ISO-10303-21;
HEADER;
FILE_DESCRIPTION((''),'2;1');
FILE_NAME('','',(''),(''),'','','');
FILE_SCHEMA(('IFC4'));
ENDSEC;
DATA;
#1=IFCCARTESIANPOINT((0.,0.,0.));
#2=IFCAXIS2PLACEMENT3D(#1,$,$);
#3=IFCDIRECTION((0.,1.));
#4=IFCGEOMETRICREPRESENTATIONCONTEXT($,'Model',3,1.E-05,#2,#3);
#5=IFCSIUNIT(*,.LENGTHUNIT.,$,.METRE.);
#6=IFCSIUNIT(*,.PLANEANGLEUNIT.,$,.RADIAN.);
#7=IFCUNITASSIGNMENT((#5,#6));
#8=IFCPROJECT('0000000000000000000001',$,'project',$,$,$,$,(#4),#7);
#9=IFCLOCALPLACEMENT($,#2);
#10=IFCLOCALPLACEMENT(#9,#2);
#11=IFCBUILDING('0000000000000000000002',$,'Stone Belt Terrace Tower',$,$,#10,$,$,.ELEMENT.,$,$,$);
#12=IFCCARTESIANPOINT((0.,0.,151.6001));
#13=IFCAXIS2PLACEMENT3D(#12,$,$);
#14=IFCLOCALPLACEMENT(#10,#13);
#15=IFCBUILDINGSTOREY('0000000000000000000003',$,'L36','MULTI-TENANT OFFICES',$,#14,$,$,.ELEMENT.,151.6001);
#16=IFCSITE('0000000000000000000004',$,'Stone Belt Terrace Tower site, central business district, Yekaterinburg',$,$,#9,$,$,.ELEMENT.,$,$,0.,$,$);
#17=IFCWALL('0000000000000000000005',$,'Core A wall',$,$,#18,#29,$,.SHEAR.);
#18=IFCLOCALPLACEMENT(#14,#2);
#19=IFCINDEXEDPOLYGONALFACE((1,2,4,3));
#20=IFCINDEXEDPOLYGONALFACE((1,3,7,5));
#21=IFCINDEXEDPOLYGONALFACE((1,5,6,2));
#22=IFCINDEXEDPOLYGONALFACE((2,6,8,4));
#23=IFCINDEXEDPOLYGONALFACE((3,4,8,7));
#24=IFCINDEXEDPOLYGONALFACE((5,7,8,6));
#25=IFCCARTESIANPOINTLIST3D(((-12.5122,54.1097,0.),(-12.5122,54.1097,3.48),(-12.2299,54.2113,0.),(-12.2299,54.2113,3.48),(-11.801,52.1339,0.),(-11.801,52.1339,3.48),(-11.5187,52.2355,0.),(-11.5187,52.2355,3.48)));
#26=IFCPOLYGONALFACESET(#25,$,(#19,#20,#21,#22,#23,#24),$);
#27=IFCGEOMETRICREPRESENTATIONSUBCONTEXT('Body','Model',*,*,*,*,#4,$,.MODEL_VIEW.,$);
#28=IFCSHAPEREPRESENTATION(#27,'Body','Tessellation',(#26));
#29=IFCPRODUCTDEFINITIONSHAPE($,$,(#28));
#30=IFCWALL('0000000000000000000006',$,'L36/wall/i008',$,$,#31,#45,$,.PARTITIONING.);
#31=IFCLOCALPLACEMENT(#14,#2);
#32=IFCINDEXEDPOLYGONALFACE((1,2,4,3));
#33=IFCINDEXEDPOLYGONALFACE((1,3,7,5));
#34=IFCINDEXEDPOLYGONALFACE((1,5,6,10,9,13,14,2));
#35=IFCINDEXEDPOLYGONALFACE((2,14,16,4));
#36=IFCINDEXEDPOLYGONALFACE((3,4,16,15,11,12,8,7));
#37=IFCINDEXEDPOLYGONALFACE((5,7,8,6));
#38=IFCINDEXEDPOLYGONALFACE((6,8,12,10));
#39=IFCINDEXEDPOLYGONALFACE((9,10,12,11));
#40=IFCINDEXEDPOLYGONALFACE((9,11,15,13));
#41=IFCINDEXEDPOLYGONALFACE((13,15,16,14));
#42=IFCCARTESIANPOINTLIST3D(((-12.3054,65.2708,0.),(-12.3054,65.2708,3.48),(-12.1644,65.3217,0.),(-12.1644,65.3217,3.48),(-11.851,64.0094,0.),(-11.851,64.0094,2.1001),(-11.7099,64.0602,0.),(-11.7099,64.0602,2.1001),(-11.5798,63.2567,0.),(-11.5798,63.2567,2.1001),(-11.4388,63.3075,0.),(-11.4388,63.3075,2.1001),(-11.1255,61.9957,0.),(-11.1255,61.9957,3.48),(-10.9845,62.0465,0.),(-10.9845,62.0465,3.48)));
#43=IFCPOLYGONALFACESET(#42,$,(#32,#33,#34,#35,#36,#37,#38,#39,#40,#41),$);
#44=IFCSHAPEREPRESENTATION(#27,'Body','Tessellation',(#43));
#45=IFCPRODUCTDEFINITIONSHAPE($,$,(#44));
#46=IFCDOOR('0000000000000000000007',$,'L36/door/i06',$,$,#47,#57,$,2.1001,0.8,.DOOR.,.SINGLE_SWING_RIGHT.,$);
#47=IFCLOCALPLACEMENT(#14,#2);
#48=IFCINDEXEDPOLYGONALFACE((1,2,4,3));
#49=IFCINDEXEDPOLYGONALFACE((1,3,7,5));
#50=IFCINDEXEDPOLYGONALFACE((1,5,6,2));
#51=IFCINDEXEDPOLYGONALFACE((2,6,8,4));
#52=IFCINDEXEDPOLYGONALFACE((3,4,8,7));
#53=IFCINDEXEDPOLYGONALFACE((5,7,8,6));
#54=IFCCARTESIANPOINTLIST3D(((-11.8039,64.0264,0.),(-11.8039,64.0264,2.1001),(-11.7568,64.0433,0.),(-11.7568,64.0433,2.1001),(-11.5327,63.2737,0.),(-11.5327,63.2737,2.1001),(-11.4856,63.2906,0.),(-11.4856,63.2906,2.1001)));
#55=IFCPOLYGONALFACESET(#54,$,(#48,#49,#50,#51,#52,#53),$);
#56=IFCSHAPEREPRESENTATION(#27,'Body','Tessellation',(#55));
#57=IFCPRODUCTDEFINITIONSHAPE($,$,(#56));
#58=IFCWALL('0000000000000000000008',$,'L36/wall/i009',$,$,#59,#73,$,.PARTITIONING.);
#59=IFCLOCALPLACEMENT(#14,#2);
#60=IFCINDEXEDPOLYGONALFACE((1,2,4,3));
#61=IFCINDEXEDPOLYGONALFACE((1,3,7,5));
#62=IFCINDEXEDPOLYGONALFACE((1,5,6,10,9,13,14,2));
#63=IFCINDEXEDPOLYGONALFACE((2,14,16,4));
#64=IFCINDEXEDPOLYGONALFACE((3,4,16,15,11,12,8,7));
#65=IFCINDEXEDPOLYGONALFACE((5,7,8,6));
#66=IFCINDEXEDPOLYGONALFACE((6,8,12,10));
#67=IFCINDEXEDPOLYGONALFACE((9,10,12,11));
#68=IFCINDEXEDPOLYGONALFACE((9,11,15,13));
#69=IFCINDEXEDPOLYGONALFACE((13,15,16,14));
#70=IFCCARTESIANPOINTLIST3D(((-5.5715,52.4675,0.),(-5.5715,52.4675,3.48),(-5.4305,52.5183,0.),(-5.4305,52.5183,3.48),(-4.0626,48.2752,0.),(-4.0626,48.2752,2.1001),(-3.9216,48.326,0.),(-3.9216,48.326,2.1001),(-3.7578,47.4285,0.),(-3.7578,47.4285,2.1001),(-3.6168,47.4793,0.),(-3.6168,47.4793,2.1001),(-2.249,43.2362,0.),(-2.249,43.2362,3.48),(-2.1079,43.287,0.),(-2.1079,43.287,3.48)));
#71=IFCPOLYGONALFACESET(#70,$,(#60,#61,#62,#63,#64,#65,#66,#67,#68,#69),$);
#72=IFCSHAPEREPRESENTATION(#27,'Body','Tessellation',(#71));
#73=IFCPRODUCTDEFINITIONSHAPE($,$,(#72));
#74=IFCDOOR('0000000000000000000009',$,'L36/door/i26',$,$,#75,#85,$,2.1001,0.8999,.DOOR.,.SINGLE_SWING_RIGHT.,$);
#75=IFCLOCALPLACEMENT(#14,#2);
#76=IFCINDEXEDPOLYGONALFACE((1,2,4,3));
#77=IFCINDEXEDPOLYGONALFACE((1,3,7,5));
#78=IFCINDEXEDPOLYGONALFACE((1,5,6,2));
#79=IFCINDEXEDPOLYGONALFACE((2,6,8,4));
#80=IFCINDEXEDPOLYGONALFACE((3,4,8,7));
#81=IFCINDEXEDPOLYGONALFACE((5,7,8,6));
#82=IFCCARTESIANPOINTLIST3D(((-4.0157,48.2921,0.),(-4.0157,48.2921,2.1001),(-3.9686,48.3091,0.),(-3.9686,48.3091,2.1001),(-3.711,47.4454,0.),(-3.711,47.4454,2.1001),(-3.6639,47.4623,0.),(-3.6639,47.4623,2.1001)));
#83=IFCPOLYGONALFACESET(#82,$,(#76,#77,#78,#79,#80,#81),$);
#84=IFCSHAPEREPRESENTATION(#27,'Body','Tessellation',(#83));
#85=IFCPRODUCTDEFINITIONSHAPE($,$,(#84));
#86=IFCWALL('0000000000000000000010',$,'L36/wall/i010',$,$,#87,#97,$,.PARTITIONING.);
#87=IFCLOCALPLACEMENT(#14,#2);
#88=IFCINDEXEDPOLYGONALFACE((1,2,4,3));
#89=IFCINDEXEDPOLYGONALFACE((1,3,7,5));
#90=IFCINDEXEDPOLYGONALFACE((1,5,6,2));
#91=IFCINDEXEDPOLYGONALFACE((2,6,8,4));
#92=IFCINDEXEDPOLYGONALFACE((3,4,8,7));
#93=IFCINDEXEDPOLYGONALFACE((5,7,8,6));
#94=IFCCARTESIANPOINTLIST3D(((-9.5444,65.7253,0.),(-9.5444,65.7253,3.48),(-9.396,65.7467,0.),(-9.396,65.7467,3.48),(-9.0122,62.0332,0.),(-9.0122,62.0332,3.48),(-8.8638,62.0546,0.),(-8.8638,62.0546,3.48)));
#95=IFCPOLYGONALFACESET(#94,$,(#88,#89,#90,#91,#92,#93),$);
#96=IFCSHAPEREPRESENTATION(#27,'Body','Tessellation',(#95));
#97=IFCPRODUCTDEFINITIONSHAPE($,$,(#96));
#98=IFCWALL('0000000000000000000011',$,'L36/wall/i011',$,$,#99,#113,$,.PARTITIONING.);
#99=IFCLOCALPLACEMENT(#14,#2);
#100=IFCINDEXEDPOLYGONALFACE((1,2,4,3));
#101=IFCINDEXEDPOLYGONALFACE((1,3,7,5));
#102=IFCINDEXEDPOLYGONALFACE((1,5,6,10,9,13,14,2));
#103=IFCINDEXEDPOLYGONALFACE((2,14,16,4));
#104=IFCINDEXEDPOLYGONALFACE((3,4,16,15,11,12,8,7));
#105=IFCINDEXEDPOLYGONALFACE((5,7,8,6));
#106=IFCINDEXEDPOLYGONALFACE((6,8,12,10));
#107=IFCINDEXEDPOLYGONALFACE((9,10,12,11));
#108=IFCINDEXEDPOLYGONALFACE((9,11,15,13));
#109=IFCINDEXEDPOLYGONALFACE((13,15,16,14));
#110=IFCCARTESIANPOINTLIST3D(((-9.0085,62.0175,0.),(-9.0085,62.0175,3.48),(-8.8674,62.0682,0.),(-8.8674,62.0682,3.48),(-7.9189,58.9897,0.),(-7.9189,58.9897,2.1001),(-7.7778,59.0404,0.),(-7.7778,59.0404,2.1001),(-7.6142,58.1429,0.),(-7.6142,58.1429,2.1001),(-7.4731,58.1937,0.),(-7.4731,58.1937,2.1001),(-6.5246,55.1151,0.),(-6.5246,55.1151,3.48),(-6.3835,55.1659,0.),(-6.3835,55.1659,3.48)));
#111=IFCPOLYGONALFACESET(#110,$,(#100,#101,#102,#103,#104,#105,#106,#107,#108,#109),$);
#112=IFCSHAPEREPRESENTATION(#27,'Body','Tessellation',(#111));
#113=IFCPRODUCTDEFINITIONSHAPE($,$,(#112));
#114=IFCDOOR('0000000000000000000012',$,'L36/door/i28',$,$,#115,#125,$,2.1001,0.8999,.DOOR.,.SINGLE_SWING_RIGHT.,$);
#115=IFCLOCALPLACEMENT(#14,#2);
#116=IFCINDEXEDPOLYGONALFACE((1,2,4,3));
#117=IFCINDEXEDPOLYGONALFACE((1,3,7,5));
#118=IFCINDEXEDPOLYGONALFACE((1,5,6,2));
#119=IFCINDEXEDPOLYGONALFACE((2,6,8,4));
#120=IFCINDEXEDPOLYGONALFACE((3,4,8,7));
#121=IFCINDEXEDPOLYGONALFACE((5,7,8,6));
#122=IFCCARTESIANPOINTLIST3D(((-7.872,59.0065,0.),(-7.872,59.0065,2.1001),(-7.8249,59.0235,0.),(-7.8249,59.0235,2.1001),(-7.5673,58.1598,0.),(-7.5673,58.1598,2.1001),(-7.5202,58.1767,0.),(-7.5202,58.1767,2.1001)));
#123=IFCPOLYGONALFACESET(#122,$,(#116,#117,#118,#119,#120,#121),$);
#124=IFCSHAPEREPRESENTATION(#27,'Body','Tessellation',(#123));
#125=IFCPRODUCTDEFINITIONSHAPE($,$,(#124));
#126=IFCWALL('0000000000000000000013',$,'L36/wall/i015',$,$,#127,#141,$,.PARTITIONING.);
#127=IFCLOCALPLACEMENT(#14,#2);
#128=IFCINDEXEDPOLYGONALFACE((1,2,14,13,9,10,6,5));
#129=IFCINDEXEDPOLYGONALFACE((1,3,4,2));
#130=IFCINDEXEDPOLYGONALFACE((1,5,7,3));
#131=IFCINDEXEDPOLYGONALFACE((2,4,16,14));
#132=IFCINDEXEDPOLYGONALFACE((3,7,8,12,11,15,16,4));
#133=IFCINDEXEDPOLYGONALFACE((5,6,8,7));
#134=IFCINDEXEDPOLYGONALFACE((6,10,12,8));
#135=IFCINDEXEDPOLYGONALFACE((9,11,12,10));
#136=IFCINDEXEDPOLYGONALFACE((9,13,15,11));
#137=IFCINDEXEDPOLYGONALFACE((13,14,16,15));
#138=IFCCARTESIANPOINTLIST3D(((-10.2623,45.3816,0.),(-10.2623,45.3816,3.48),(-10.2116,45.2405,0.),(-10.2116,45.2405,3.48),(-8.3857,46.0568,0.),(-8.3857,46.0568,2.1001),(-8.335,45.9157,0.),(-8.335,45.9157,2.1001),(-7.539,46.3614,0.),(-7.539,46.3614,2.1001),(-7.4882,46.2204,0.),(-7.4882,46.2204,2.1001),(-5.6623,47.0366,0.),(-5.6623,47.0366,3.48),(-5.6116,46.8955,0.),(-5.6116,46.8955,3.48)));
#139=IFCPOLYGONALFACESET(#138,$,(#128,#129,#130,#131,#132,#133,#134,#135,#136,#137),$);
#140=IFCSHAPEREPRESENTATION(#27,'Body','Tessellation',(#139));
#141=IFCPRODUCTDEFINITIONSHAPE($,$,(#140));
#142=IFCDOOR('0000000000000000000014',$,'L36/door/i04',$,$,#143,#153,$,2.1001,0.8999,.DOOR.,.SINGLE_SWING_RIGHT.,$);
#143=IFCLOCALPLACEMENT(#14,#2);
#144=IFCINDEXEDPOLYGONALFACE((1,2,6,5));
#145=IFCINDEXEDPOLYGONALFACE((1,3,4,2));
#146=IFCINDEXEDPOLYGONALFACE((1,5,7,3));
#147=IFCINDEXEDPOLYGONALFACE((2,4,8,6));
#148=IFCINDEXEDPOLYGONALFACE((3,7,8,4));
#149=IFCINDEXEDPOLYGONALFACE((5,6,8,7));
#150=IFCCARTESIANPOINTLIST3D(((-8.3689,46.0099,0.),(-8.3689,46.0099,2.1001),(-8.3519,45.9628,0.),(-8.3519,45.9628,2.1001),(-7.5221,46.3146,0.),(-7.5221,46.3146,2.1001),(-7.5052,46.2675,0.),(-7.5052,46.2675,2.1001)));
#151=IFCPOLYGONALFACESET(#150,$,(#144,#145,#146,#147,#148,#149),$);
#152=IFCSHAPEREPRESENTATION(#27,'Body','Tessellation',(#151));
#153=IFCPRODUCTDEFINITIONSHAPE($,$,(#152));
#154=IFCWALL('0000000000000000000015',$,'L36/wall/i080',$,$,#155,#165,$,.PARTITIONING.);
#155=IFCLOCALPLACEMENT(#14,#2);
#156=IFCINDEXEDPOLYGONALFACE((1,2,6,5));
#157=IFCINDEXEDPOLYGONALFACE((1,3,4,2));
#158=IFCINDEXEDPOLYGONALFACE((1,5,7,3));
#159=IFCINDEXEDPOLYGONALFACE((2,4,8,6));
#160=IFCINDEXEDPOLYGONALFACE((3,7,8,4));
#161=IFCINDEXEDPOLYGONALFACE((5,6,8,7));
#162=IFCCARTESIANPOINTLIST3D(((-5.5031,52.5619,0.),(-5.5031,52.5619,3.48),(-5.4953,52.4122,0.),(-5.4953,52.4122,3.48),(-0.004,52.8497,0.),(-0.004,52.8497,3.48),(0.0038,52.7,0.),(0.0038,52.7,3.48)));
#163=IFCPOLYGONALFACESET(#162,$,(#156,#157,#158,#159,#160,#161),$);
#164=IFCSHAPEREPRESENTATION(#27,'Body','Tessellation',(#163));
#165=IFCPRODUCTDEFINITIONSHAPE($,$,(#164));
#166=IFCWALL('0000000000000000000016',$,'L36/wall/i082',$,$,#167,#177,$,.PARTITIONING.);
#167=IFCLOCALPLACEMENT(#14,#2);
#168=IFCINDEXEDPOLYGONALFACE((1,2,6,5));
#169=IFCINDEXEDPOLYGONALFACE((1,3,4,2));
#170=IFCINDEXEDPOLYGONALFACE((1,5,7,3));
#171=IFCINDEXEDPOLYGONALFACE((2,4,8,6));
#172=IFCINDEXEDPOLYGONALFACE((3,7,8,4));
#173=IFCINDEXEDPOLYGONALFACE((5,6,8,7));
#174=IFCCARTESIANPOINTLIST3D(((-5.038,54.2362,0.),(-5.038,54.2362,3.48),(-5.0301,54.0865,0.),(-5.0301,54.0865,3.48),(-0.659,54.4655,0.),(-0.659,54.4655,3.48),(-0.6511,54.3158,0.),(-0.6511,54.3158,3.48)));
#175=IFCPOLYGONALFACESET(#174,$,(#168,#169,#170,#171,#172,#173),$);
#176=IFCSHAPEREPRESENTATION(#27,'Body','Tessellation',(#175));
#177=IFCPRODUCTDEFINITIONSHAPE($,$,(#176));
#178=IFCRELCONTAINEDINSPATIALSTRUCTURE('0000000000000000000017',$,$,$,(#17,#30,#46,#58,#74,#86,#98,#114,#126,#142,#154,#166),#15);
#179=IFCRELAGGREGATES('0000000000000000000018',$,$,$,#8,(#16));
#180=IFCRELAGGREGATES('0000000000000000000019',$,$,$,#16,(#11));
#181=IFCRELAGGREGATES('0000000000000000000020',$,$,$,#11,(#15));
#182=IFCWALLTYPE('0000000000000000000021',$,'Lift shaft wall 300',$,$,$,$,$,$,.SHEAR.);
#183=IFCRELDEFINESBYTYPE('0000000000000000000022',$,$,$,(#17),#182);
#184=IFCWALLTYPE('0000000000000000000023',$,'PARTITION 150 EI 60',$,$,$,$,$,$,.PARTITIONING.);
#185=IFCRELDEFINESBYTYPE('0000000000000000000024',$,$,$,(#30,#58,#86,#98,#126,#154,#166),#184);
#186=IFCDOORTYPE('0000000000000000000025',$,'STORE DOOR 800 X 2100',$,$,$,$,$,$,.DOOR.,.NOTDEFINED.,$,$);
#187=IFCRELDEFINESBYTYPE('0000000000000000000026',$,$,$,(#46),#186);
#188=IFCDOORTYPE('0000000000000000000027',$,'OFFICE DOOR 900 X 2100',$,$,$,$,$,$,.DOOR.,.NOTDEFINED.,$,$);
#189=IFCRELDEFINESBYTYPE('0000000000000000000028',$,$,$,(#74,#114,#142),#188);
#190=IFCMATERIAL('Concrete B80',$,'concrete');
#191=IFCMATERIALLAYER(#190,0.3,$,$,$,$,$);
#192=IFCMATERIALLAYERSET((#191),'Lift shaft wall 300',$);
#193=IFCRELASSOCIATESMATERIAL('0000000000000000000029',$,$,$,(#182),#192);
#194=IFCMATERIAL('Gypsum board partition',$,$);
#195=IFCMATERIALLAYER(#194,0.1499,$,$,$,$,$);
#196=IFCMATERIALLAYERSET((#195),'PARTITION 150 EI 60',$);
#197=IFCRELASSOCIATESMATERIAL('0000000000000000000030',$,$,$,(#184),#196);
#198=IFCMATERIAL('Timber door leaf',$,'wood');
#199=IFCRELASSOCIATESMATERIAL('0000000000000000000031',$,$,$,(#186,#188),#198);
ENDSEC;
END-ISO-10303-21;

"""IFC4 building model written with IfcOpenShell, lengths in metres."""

from ifc_helpers import new_model, si_unit, direction, frame, frame_2d, origin, place, context, subcontext, project, spatial, rectangle, extrude, material, layer, layer_set, type_object, element, fill, save


model = new_model("IFC4")

# Units and contexts
model_context = context("Model", 3, precision=1e-05, world=origin(), true_north=direction((0.0, 1.0)))
body_context = subcontext(model_context, "Body", "Model", "MODEL_VIEW")
ifc_project = project(units=[si_unit("LENGTHUNIT", "METRE"), si_unit("PLANEANGLEUNIT", "RADIAN")], contexts=[model_context])

# Site, building, storey
site_placement = place(None, origin())
site = spatial("IfcSite", under=ifc_project, at=site_placement, Name="Stone Belt Terrace Tower site, central business district, Yekaterinburg", CompositionType="ELEMENT", RefElevation=0.0)
building_placement = place(site_placement, origin())
building = spatial("IfcBuilding", under=site, at=building_placement, Name="Stone Belt Terrace Tower", CompositionType="ELEMENT")
storey_placement = place(building_placement, frame((0.0, 0.0, 151.6001)))
storey = spatial("IfcBuildingStorey", under=building, at=storey_placement, Name="L36", Description="MULTI-TENANT OFFICES", CompositionType="ELEMENT", Elevation=151.6001)

# Shared definitions
ifc_material_1 = material(Name="Concrete B80", Category="concrete")

# Shared definitions
ifc_material_2 = material(Name="Timber door leaf", Category="wood")

# Wall
ifc_layer_1 = layer(ifc_material_1, 0.3)
ifc_layer_set_1 = layer_set([ifc_layer_1], Name="Lift shaft wall 300")
wall_type_1 = type_object("IfcWallType", Name="Lift shaft wall 300", PredefinedType="SHEAR", material=ifc_layer_set_1)
wall_1_placement = place(storey_placement, frame((-11.6599, 52.1848, 0.0), z_axis=(0.0, 0.0, 1.0), x_axis=(-0.33867, 0.940905, 0.0)))
element("IfcWall", 1, at=wall_1_placement, inside=storey, type_object=wall_type_1, Name="Core A wall", PredefinedType="SHEAR", context=body_context, shape_type="SweptSolid", body=[
    extrude(rectangle(XDim=2.0999, YDim=0.3, at=frame_2d((1.0498, 0.0))), origin(), (0.0, 0.0, 1.0), 3.48),
])

# Walls, openings, doors
ifc_material_3 = material(Name="Gypsum board partition")
ifc_layer_2 = layer(ifc_material_3, 0.1499)
ifc_layer_set_2 = layer_set([ifc_layer_2], Name="PARTITION 150 EI 60")
wall_type_2 = type_object("IfcWallType", Name="PARTITION 150 EI 60", PredefinedType="PARTITIONING", material=ifc_layer_set_2)
wall_2_placement = place(storey_placement, frame((-11.0549, 62.021, 0.0), z_axis=(0.0, 0.0, 1.0), x_axis=(-0.338943, 0.940807, 0.0)))
wall_2 = element("IfcWall", 2, at=wall_2_placement, inside=storey, type_object=wall_type_2, Name="L36/wall/i008", PredefinedType="PARTITIONING", context=body_context, shape_type="SweptSolid", body=[
    extrude(rectangle(XDim=3.4812, YDim=0.1499, at=frame_2d((1.7407, 0.0))), origin(), (0.0, 0.0, 1.0), 3.48),
])
opening_1_placement = place(wall_2_placement, frame((1.3406, 0.0, 0.0)))
opening_1 = element("IfcOpeningElement", 3, at=opening_1_placement, cuts=wall_2, PredefinedType="OPENING", context=body_context, shape_type="SweptSolid", body=[
    extrude(rectangle(XDim=0.8, YDim=2.1001, at=frame_2d((0.3999, 1.05))), frame((0.0, 0.085, 0.0), z_axis=(0.0, -1.0, 0.0), x_axis=(1.0, 0.0, 0.0)), (0.0, 0.0, 1.0), 0.1699),
])
door_type_1 = type_object("IfcDoorType", Name="STORE DOOR 800 X 2100", OperationType="NOTDEFINED", PredefinedType="DOOR", material=ifc_material_2)
door_1_placement = place(opening_1_placement, origin())
door_1 = element("IfcDoor", 4, at=door_1_placement, inside=storey, type_object=door_type_1, Name="L36/door/i06", OperationType="SINGLE_SWING_RIGHT", OverallHeight=2.1001, OverallWidth=0.8, PredefinedType="DOOR", context=body_context, shape_type="SweptSolid", body=[
    extrude(rectangle(XDim=0.8, YDim=2.1001, at=frame_2d((0.3999, 1.05))), frame((0.0, 0.0249, 0.0), z_axis=(0.0, -1.0, 0.0), x_axis=(1.0, 0.0, 0.0)), (0.0, 0.0, 1.0), 0.05),
])
fill(opening_1, door_1)
wall_3_placement = place(storey_placement, frame((-5.501, 52.4929, 0.0), z_axis=(0.0, 0.0, 1.0), x_axis=(0.338654, -0.940911, 0.0)))
wall_3 = element("IfcWall", 5, at=wall_3_placement, inside=storey, type_object=wall_type_2, Name="L36/wall/i009", PredefinedType="PARTITIONING", context=body_context, shape_type="SweptSolid", body=[
    extrude(rectangle(XDim=9.811, YDim=0.1499, at=frame_2d((4.9055, 0.0))), origin(), (0.0, 0.0, 1.0), 3.48),
])
opening_2_placement = place(wall_3_placement, frame((4.4556, 0.0, 0.0)))
opening_2 = element("IfcOpeningElement", 6, at=opening_2_placement, cuts=wall_3, PredefinedType="OPENING", context=body_context, shape_type="SweptSolid", body=[
    extrude(rectangle(XDim=0.8999, YDim=2.1001, at=frame_2d((0.45, 1.05))), frame((0.0, 0.085, 0.0), z_axis=(0.0, -1.0, 0.0), x_axis=(1.0, 0.0, 0.0)), (0.0, 0.0, 1.0), 0.1699),
])
door_type_2 = type_object("IfcDoorType", Name="OFFICE DOOR 900 X 2100", OperationType="NOTDEFINED", PredefinedType="DOOR", material=ifc_material_2)
door_2_placement = place(opening_2_placement, origin())
door_2 = element("IfcDoor", 7, at=door_2_placement, inside=storey, type_object=door_type_2, Name="L36/door/i26", OperationType="SINGLE_SWING_RIGHT", OverallHeight=2.1001, OverallWidth=0.8999, PredefinedType="DOOR", context=body_context, shape_type="SweptSolid", body=[
    extrude(rectangle(XDim=0.8999, YDim=2.1001, at=frame_2d((0.45, 1.05))), frame((0.0, 0.0249, 0.0), z_axis=(0.0, -1.0, 0.0), x_axis=(1.0, 0.0, 0.0)), (0.0, 0.0, 1.0), 0.05),
])
fill(opening_2, door_2)

# Wall
wall_4_placement = place(storey_placement, frame((-9.4702, 65.7361, 0.0), z_axis=(0.0, 0.0, 1.0), x_axis=(0.142677, -0.989769, 0.0)))
element("IfcWall", 8, at=wall_4_placement, inside=storey, type_object=wall_type_2, Name="L36/wall/i010", PredefinedType="PARTITIONING", context=body_context, shape_type="SweptSolid", body=[
    extrude(rectangle(XDim=3.7302, YDim=0.1499, at=frame_2d((1.8652, 0.0))), origin(), (0.0, 0.0, 1.0), 3.48),
])

# Walls, openings, doors
wall_5_placement = place(storey_placement, frame((-8.938, 62.043, 0.0), z_axis=(0.0, 0.0, 1.0), x_axis=(0.338604, -0.940929, 0.0)))
wall_5 = element("IfcWall", 9, at=wall_5_placement, inside=storey, type_object=wall_type_2, Name="L36/wall/i011", PredefinedType="PARTITIONING", context=body_context, shape_type="SweptSolid", body=[
    extrude(rectangle(XDim=7.3357, YDim=0.1499, at=frame_2d((3.668, 0.0))), origin(), (0.0, 0.0, 1.0), 3.48),
])
opening_3_placement = place(wall_5_placement, frame((3.218, 0.0, 0.0)))
opening_3 = element("IfcOpeningElement", 10, at=opening_3_placement, cuts=wall_5, PredefinedType="OPENING", context=body_context, shape_type="SweptSolid", body=[
    extrude(rectangle(XDim=0.8999, YDim=2.1001, at=frame_2d((0.45, 1.05))), frame((0.0, 0.085, 0.0), z_axis=(0.0, -1.0, 0.0), x_axis=(1.0, 0.0, 0.0)), (0.0, 0.0, 1.0), 0.1699),
])
door_3_placement = place(opening_3_placement, origin())
door_3 = element("IfcDoor", 11, at=door_3_placement, inside=storey, type_object=door_type_2, Name="L36/door/i28", OperationType="SINGLE_SWING_RIGHT", OverallHeight=2.1001, OverallWidth=0.8999, PredefinedType="DOOR", context=body_context, shape_type="SweptSolid", body=[
    extrude(rectangle(XDim=0.8999, YDim=2.1001, at=frame_2d((0.45, 1.05))), frame((0.0, 0.0249, 0.0), z_axis=(0.0, -1.0, 0.0), x_axis=(1.0, 0.0, 0.0)), (0.0, 0.0, 1.0), 0.05),
])
fill(opening_3, door_3)
wall_6_placement = place(storey_placement, frame((-5.637, 46.9661, 0.0), z_axis=(0.0, 0.0, 1.0), x_axis=(-0.940953, -0.338537, 0.0)))
wall_6 = element("IfcWall", 12, at=wall_6_placement, inside=storey, type_object=wall_type_2, Name="L36/wall/i015", PredefinedType="PARTITIONING", context=body_context, shape_type="SweptSolid", body=[
    extrude(rectangle(XDim=4.8887, YDim=0.1499, at=frame_2d((2.4443, 0.0))), origin(), (0.0, 0.0, 1.0), 3.48),
])
opening_4_placement = place(wall_6_placement, frame((1.9944, 0.0, 0.0)))
opening_4 = element("IfcOpeningElement", 13, at=opening_4_placement, cuts=wall_6, PredefinedType="OPENING", context=body_context, shape_type="SweptSolid", body=[
    extrude(rectangle(XDim=0.8999, YDim=2.1001, at=frame_2d((0.45, 1.05))), frame((0.0, 0.085, 0.0), z_axis=(0.0, -1.0, 0.0), x_axis=(1.0, 0.0, 0.0)), (0.0, 0.0, 1.0), 0.1699),
])
door_4_placement = place(opening_4_placement, origin())
door_4 = element("IfcDoor", 14, at=door_4_placement, inside=storey, type_object=door_type_2, Name="L36/door/i04", OperationType="SINGLE_SWING_RIGHT", OverallHeight=2.1001, OverallWidth=0.8999, PredefinedType="DOOR", context=body_context, shape_type="SweptSolid", body=[
    extrude(rectangle(XDim=0.8999, YDim=2.1001, at=frame_2d((0.45, 1.05))), frame((0.0, 0.0249, 0.0), z_axis=(0.0, -1.0, 0.0), x_axis=(1.0, 0.0, 0.0)), (0.0, 0.0, 1.0), 0.05),
])
fill(opening_4, door_4)

# Walls
wall_7_placement = place(storey_placement, frame((0.0, 52.7749, 0.0), z_axis=(0.0, 0.0, 1.0), x_axis=(-0.998633, -0.052273, 0.0)))
element("IfcWall", 15, at=wall_7_placement, inside=storey, type_object=wall_type_2, Name="L36/wall/i080", PredefinedType="PARTITIONING", context=body_context, shape_type="SweptSolid", body=[
    extrude(rectangle(XDim=5.5066, YDim=0.1499, at=frame_2d((2.7534, 0.0))), origin(), (0.0, 0.0, 1.0), 3.48),
])
wall_8_placement = place(storey_placement, frame((-5.0339, 54.1614, 0.0), z_axis=(0.0, 0.0, 1.0), x_axis=(0.998632, 0.052281, 0.0)))
element("IfcWall", 16, at=wall_8_placement, inside=storey, type_object=wall_type_2, Name="L36/wall/i082", PredefinedType="PARTITIONING", context=body_context, shape_type="SweptSolid", body=[
    extrude(rectangle(XDim=4.385, YDim=0.1499, at=frame_2d((2.1924, 0.0))), origin(), (0.0, 0.0, 1.0), 3.48),
])

save(model, "model.ifc")
